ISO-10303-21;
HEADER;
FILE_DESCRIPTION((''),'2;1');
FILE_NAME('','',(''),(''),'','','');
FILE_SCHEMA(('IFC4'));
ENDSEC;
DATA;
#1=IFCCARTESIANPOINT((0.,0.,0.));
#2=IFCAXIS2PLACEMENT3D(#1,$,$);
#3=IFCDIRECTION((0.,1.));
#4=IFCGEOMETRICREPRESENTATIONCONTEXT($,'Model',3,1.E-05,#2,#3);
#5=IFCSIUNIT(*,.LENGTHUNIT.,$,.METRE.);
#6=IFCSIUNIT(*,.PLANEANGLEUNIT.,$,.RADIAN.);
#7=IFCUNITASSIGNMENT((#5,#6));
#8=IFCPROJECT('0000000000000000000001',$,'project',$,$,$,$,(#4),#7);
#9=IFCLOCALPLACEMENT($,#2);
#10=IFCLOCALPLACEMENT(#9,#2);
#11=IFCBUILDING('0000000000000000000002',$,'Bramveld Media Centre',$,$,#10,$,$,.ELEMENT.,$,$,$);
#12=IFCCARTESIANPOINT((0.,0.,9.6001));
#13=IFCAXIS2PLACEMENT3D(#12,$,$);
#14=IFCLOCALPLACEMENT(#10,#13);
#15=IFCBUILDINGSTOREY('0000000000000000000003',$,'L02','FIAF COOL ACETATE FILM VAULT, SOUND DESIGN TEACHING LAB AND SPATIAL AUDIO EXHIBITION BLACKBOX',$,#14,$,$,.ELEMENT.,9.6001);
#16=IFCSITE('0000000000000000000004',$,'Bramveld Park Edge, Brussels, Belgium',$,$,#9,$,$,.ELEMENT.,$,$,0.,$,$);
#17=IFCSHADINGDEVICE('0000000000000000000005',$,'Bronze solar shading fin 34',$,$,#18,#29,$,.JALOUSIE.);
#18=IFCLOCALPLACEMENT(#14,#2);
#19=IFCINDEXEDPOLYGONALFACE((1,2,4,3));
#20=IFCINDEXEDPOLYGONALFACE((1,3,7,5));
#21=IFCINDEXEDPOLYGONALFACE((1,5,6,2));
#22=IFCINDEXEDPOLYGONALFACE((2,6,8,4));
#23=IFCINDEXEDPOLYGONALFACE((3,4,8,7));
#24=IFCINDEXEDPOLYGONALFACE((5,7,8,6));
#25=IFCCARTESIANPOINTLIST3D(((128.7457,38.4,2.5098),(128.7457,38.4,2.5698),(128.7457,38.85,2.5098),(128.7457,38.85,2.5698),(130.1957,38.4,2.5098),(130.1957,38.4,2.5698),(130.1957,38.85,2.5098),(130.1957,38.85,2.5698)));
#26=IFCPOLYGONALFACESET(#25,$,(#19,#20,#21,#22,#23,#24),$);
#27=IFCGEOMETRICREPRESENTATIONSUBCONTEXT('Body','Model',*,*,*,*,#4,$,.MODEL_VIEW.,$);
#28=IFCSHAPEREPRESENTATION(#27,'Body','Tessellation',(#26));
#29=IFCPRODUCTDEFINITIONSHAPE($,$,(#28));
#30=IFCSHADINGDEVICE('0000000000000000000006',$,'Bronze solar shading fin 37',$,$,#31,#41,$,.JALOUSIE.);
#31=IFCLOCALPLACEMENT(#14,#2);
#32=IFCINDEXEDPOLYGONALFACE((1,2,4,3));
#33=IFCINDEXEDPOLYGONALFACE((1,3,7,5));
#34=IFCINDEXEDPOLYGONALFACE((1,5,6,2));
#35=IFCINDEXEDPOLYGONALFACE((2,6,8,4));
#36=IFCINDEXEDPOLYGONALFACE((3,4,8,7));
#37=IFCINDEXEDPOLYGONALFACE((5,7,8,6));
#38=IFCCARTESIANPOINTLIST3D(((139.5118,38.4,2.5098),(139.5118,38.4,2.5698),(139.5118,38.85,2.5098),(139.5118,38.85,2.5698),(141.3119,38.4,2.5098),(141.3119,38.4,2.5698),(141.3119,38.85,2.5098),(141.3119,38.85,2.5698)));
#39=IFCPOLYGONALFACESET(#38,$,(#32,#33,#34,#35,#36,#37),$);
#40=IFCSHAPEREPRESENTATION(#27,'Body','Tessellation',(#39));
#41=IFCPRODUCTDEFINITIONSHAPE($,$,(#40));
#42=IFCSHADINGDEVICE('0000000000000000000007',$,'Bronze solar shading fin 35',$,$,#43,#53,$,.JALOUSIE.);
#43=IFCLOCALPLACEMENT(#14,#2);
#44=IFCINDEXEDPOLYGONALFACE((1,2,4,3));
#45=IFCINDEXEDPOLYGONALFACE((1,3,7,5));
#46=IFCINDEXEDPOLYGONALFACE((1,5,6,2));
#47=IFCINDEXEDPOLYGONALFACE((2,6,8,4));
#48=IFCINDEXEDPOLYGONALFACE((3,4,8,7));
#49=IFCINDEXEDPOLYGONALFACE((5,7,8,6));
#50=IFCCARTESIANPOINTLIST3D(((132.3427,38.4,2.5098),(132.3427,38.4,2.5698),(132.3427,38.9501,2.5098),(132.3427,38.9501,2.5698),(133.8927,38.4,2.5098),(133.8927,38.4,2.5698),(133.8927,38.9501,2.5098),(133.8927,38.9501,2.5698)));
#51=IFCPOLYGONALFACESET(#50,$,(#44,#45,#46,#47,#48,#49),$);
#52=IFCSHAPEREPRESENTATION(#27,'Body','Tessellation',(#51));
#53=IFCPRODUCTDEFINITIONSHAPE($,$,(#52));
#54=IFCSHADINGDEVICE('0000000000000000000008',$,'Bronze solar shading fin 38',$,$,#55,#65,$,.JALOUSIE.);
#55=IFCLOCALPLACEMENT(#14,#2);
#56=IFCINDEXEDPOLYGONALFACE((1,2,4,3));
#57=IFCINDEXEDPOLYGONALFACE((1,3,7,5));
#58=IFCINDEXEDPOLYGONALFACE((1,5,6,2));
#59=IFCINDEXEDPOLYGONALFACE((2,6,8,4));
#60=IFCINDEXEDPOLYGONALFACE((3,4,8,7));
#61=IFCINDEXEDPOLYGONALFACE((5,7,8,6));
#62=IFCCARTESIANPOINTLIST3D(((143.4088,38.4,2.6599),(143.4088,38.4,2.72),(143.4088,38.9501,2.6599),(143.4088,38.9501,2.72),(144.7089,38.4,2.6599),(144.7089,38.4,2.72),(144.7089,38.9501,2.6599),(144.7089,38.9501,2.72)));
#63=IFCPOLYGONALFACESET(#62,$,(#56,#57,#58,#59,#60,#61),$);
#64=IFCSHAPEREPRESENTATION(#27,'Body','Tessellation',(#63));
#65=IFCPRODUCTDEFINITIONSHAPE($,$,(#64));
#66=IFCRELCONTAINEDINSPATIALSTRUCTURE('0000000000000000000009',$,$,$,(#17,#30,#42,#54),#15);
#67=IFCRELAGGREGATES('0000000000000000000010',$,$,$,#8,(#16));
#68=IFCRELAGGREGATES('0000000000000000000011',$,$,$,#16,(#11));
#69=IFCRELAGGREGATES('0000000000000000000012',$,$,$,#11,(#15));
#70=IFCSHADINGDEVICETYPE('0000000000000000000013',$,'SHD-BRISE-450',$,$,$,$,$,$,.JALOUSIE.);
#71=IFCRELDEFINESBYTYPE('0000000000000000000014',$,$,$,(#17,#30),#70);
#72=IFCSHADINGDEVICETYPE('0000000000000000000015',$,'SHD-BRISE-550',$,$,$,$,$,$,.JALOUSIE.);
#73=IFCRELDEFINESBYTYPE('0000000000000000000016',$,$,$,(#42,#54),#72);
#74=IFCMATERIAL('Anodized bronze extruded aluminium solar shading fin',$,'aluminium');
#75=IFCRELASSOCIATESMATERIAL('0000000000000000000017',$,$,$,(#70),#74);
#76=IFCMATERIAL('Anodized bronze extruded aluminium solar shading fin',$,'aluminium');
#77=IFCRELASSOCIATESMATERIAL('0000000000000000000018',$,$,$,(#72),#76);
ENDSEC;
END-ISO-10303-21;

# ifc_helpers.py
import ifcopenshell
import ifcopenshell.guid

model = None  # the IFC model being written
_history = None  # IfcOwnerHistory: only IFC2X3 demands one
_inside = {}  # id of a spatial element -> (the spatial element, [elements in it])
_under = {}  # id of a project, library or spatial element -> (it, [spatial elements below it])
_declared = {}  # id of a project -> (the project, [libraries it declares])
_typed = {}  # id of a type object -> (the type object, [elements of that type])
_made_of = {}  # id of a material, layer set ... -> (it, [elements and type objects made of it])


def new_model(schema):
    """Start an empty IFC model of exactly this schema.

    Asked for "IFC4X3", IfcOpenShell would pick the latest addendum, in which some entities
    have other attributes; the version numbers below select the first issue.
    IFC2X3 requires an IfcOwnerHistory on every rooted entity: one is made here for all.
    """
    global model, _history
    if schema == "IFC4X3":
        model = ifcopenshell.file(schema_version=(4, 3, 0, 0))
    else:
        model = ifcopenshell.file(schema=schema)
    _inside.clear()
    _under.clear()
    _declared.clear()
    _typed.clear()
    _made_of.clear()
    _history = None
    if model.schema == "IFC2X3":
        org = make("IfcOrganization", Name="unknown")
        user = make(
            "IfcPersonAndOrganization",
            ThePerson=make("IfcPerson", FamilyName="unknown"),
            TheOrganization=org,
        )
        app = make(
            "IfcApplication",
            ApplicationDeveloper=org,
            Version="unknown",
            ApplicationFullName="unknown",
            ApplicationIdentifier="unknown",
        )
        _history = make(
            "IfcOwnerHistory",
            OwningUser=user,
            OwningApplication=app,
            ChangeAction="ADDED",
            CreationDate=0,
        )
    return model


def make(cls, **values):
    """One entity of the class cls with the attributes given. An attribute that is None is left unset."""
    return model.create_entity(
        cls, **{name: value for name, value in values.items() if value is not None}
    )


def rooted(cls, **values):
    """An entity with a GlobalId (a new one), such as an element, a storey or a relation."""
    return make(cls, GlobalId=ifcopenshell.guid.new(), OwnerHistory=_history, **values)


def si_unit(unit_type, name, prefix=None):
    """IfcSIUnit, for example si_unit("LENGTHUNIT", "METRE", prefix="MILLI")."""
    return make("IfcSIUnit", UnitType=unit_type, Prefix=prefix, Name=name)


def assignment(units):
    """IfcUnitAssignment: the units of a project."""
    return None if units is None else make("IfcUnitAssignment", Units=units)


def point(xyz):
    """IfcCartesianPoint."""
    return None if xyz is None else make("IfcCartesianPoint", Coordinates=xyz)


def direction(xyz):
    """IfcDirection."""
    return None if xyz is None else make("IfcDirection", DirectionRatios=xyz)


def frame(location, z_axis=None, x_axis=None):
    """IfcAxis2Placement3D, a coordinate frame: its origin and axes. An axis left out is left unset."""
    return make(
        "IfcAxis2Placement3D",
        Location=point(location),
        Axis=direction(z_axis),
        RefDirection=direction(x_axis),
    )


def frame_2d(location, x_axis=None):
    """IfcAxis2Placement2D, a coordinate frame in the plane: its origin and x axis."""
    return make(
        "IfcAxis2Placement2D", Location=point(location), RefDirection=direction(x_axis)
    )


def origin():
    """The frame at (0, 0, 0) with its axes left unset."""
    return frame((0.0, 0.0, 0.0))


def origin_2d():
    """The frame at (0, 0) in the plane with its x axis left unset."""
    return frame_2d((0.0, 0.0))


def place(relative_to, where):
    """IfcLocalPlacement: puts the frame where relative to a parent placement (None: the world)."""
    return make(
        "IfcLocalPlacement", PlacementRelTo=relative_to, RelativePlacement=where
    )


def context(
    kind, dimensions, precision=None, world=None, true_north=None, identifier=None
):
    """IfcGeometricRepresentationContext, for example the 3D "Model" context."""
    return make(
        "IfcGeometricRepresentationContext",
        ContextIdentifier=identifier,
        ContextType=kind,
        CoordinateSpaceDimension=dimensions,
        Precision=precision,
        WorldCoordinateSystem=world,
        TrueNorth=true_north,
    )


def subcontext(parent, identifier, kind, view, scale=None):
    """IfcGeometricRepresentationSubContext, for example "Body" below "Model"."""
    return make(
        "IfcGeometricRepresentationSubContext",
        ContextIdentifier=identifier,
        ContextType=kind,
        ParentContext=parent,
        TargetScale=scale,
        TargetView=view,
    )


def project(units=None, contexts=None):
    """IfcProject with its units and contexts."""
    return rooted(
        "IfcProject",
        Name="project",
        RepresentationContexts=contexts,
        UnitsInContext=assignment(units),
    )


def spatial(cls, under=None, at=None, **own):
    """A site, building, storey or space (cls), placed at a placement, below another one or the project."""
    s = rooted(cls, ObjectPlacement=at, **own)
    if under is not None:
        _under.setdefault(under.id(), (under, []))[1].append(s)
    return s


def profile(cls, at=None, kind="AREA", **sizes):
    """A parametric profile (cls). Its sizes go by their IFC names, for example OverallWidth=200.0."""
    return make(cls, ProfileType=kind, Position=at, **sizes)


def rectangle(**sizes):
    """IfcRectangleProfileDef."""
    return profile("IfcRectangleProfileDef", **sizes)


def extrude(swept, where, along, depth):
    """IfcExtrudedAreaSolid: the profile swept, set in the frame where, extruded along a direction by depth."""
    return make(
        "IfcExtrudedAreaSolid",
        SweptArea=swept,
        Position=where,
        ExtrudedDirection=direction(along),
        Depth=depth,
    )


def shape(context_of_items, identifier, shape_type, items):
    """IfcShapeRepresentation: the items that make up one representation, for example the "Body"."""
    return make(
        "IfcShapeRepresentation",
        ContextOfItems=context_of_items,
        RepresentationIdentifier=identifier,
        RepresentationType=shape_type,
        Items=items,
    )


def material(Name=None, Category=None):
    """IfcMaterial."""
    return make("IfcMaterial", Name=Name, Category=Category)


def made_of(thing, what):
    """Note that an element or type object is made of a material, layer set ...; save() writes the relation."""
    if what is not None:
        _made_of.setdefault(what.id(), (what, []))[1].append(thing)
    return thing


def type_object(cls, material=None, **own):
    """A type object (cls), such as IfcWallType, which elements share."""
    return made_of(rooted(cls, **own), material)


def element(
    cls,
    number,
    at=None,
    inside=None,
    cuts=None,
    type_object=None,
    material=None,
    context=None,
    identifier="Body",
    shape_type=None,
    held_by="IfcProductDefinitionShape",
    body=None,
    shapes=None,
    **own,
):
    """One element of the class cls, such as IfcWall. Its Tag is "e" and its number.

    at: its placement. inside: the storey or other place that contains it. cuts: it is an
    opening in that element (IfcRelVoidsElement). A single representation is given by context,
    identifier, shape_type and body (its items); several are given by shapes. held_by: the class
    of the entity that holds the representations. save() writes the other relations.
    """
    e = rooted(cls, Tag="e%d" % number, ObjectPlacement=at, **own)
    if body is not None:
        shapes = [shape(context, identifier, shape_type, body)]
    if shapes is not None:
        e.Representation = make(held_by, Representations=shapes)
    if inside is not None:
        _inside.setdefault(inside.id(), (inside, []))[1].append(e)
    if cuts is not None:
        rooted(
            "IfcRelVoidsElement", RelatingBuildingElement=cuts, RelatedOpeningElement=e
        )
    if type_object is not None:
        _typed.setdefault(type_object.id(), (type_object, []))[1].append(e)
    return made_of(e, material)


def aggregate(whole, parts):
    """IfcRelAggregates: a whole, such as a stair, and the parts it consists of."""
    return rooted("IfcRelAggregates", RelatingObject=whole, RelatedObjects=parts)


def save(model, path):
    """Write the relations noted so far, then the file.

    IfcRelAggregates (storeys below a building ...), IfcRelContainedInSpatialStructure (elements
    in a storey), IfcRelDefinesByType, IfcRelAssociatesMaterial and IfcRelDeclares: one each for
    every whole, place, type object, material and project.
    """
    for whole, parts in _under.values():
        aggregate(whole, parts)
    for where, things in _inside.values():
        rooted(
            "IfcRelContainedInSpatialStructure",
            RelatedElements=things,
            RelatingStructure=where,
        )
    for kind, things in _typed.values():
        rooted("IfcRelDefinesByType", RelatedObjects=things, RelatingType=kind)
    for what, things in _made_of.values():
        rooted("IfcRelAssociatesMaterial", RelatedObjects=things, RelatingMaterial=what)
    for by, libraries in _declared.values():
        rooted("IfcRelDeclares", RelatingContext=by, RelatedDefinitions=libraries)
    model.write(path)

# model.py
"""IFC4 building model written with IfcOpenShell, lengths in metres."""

from ifc_helpers import new_model, si_unit, direction, frame, origin, origin_2d, place, context, subcontext, project, spatial, rectangle, extrude, material, type_object, element, save


model = new_model("IFC4")

# Units and contexts
model_context = context("Model", 3, precision=1e-05, world=origin(), true_north=direction((0.0, 1.0)))
body_context = subcontext(model_context, "Body", "Model", "MODEL_VIEW")
ifc_project = project(units=[si_unit("LENGTHUNIT", "METRE"), si_unit("PLANEANGLEUNIT", "RADIAN")], contexts=[model_context])

# Site, building, storey
site_placement = place(None, origin())
site = spatial("IfcSite", under=ifc_project, at=site_placement, Name="Bramveld Park Edge, Brussels, Belgium", CompositionType="ELEMENT", RefElevation=0.0)
building_placement = place(site_placement, origin())
building = spatial("IfcBuilding", under=site, at=building_placement, Name="Bramveld Media Centre", CompositionType="ELEMENT")
storey_placement = place(building_placement, frame((0.0, 0.0, 9.6001)))
storey = spatial("IfcBuildingStorey", under=building, at=storey_placement, Name="L02", Description="FIAF COOL ACETATE FILM VAULT, SOUND DESIGN TEACHING LAB AND SPATIAL AUDIO EXHIBITION BLACKBOX", CompositionType="ELEMENT", Elevation=9.6001)

# Shading devices
ifc_material_1 = material(Name="Anodized bronze extruded aluminium solar shading fin", Category="aluminium")
shading_device_type_1 = type_object("IfcShadingDeviceType", Name="SHD-BRISE-450", PredefinedType="JALOUSIE", material=ifc_material_1)
shading_device_1_placement = place(storey_placement, frame((129.4707, 38.625, 2.5098), z_axis=(0.0, 0.0, 1.0), x_axis=(1.0, 0.0, 0.0)))
element("IfcShadingDevice", 1, at=shading_device_1_placement, inside=storey, type_object=shading_device_type_1, Name="Bronze solar shading fin 34", PredefinedType="JALOUSIE", context=body_context, shape_type="SweptSolid", body=[
    extrude(rectangle(XDim=1.45, YDim=0.45, at=origin_2d()), origin(), (0.0, 0.0, 1.0), 0.0601),
])
shading_device_2_placement = place(storey_placement, frame((140.4119, 38.625, 2.5098), z_axis=(0.0, 0.0, 1.0), x_axis=(1.0, 0.0, 0.0)))
element("IfcShadingDevice", 2, at=shading_device_2_placement, inside=storey, type_object=shading_device_type_1, Name="Bronze solar shading fin 37", PredefinedType="JALOUSIE", context=body_context, shape_type="SweptSolid", body=[
    extrude(rectangle(XDim=1.8, YDim=0.45, at=origin_2d()), origin(), (0.0, 0.0, 1.0), 0.0601),
])
ifc_material_2 = material(Name="Anodized bronze extruded aluminium solar shading fin", Category="aluminium")
shading_device_type_2 = type_object("IfcShadingDeviceType", Name="SHD-BRISE-550", PredefinedType="JALOUSIE", material=ifc_material_2)
shading_device_3_placement = place(storey_placement, frame((133.1177, 38.675, 2.5098), z_axis=(0.0, 0.0, 1.0), x_axis=(1.0, 0.0, 0.0)))
element("IfcShadingDevice", 3, at=shading_device_3_placement, inside=storey, type_object=shading_device_type_2, Name="Bronze solar shading fin 35", PredefinedType="JALOUSIE", context=body_context, shape_type="SweptSolid", body=[
    extrude(rectangle(XDim=1.55, YDim=0.55, at=origin_2d()), origin(), (0.0, 0.0, 1.0), 0.0601),
])
shading_device_4_placement = place(storey_placement, frame((144.0588, 38.675, 2.6599), z_axis=(0.0, 0.0, 1.0), x_axis=(1.0, 0.0, 0.0)))
element("IfcShadingDevice", 4, at=shading_device_4_placement, inside=storey, type_object=shading_device_type_2, Name="Bronze solar shading fin 38", PredefinedType="JALOUSIE", context=body_context, shape_type="SweptSolid", body=[
    extrude(rectangle(XDim=1.3, YDim=0.55, at=origin_2d()), origin(), (0.0, 0.0, 1.0), 0.0601),
])

save(model, "model.ifc")
